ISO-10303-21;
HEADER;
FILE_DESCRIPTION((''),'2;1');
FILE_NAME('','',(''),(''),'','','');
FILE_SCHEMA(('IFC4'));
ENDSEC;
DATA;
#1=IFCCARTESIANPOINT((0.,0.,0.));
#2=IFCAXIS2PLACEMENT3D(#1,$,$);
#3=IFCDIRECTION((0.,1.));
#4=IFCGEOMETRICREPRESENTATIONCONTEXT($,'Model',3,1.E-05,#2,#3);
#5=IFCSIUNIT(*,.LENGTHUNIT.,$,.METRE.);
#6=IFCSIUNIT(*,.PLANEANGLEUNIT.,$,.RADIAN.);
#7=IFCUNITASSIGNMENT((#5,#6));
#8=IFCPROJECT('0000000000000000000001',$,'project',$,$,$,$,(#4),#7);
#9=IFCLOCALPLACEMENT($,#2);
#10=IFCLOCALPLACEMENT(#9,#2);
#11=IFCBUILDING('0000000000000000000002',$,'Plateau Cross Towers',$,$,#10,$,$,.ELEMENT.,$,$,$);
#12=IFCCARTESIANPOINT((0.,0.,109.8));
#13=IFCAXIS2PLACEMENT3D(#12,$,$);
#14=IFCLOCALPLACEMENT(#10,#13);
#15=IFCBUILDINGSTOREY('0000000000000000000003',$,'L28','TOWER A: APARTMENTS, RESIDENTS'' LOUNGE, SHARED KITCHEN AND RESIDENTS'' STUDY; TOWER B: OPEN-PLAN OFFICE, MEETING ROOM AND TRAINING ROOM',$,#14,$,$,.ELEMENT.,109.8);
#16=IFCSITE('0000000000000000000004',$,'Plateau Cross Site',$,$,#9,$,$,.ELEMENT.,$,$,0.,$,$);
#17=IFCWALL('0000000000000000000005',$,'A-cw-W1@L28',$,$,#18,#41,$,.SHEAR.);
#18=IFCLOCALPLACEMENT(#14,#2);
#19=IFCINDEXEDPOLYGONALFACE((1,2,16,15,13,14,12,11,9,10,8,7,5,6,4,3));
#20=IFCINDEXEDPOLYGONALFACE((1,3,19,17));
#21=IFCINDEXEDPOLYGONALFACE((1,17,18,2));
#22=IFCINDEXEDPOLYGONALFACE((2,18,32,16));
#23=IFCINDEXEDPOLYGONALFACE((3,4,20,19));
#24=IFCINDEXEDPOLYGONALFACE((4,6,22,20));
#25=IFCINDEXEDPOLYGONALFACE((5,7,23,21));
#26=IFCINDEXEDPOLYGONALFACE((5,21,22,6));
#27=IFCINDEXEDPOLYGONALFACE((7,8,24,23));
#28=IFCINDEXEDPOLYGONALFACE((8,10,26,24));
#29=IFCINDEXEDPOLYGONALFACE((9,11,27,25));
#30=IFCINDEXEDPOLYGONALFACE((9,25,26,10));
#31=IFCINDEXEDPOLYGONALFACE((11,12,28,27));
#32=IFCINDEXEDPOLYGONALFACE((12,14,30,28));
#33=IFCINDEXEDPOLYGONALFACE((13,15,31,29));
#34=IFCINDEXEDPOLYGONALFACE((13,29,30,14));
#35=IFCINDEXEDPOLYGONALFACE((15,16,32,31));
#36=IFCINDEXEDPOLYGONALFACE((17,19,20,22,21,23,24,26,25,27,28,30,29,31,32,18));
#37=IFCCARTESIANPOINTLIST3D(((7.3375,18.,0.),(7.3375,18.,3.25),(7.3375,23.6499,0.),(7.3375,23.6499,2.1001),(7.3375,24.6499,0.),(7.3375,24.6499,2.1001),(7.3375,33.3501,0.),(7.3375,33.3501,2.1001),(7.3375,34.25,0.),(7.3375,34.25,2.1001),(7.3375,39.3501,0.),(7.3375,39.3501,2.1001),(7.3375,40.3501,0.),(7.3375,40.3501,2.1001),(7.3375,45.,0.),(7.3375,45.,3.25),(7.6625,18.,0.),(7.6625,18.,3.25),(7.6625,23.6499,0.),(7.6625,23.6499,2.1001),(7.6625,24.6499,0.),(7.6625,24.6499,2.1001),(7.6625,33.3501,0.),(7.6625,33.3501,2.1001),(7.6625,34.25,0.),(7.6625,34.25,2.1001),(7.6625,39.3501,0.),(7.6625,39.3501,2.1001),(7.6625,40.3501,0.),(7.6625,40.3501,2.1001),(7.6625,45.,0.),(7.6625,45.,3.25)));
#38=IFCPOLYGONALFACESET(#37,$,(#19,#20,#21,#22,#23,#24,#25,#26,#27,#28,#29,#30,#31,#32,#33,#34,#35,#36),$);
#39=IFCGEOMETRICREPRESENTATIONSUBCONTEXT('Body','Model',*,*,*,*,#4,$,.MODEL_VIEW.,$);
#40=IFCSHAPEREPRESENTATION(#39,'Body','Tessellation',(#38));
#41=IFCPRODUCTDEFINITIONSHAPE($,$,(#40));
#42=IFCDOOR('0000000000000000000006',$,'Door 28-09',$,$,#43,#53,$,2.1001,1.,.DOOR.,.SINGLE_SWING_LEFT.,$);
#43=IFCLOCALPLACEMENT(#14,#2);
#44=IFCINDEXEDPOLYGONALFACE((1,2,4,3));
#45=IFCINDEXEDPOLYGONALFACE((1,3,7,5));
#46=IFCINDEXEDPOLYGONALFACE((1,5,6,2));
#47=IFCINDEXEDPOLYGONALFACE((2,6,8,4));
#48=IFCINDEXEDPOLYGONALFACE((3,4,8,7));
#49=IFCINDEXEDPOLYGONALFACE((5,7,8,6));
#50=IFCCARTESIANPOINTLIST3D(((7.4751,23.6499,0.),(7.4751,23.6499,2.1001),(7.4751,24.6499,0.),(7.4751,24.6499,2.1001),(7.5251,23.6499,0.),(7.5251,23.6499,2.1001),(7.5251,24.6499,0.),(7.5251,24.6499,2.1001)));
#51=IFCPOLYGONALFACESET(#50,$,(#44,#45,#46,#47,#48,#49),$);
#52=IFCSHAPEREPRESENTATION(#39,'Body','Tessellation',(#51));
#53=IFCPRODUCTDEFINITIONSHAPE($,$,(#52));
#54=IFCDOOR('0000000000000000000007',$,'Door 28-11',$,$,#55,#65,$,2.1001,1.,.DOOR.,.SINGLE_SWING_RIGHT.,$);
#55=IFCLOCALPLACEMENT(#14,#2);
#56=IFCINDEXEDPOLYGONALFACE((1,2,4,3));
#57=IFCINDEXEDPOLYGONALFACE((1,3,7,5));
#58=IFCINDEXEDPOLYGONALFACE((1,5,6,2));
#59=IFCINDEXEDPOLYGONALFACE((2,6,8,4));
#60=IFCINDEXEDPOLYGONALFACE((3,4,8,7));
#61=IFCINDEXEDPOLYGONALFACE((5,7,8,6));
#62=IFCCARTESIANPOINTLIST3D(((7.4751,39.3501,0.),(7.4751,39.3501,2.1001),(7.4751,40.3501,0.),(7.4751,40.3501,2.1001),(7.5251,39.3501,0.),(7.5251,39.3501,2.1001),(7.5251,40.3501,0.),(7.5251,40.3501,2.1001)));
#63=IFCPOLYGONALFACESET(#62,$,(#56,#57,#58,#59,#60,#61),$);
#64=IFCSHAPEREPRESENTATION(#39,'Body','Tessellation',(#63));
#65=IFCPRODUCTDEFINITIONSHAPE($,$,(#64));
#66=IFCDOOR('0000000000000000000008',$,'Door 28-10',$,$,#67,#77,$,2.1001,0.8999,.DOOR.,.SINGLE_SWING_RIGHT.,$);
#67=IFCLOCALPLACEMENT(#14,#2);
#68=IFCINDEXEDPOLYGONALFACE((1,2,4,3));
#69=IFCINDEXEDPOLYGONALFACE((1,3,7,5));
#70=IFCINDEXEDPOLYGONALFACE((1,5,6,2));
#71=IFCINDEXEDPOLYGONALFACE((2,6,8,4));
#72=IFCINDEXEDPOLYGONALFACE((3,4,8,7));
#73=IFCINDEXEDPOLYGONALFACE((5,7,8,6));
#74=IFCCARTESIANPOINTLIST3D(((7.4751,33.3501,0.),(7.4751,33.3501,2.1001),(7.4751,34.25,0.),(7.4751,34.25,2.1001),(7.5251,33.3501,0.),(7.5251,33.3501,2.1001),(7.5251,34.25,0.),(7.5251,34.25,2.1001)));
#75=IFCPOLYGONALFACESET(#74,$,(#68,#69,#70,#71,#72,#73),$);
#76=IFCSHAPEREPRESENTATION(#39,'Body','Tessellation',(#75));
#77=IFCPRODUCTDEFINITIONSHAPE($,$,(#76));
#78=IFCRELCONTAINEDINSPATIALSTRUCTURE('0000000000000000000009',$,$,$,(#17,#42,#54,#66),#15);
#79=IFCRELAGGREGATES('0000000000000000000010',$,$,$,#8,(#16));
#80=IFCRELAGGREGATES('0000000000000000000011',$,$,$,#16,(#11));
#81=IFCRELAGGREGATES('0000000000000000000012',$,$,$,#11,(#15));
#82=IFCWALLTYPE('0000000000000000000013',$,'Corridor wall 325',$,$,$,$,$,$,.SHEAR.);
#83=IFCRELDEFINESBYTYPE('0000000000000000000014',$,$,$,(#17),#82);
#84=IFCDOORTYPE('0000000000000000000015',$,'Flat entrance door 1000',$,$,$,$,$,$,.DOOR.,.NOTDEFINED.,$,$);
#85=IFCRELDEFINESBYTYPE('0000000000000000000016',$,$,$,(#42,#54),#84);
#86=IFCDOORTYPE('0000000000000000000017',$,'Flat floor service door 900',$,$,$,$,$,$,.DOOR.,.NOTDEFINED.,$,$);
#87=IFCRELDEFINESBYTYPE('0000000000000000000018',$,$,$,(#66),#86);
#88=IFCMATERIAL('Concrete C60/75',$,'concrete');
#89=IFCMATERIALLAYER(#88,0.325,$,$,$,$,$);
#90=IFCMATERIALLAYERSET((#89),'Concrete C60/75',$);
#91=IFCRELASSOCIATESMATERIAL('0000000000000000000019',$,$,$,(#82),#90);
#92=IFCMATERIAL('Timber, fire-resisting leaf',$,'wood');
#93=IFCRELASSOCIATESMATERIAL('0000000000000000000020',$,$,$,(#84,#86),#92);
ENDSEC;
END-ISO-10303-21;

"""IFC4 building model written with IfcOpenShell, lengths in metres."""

from ifc_helpers import new_model, si_unit, direction, frame, frame_2d, origin, place, context, subcontext, project, spatial, rectangle, extrude, material, layer, layer_set, type_object, element, fill, save


model = new_model("IFC4")

# Units and contexts
model_context = context("Model", 3, precision=1e-05, world=origin(), true_north=direction((0.0, 1.0)))
body_context = subcontext(model_context, "Body", "Model", "MODEL_VIEW")
ifc_project = project(units=[si_unit("LENGTHUNIT", "METRE"), si_unit("PLANEANGLEUNIT", "RADIAN")], contexts=[model_context])

# Site, building, storey
site_placement = place(None, origin())
site = spatial("IfcSite", under=ifc_project, at=site_placement, Name="Plateau Cross Site", CompositionType="ELEMENT", RefElevation=0.0)
building_placement = place(site_placement, origin())
building = spatial("IfcBuilding", under=site, at=building_placement, Name="Plateau Cross Towers", CompositionType="ELEMENT")
storey_placement = place(building_placement, frame((0.0, 0.0, 109.8)))
storey = spatial("IfcBuildingStorey", under=building, at=storey_placement, Name="L28", Description="TOWER A: APARTMENTS, RESIDENTS' LOUNGE, SHARED KITCHEN AND RESIDENTS' STUDY; TOWER B: OPEN-PLAN OFFICE, MEETING ROOM AND TRAINING ROOM", CompositionType="ELEMENT", Elevation=109.8)

# Shared definitions
ifc_material_1 = material(Name="Timber, fire-resisting leaf", Category="wood")

# Shared definitions
ifc_material_2 = material(Name="Concrete C60/75", Category="concrete")

# Wall, openings, doors
ifc_layer_1 = layer(ifc_material_2, 0.325)
ifc_layer_set_1 = layer_set([ifc_layer_1], Name="Concrete C60/75")
wall_type_1 = type_object("IfcWallType", Name="Corridor wall 325", PredefinedType="SHEAR", material=ifc_layer_set_1)
wall_1_placement = place(storey_placement, frame((7.5, 18.0, 0.0), z_axis=(0.0, 0.0, 1.0), x_axis=(0.0, 1.0, 0.0)))
wall_1 = element("IfcWall", 1, at=wall_1_placement, inside=storey, type_object=wall_type_1, Name="A-cw-W1@L28", PredefinedType="SHEAR", context=body_context, shape_type="SweptSolid", body=[
    extrude(rectangle(XDim=27.0, YDim=0.325, at=frame_2d((13.5, 0.0))), origin(), (0.0, 0.0, 1.0), 3.25),
])
opening_1_placement = place(wall_1_placement, frame((5.6499, 0.0, 0.0)))
opening_1 = element("IfcOpeningElement", 2, at=opening_1_placement, cuts=wall_1, PredefinedType="OPENING", context=body_context, shape_type="SweptSolid", body=[
    extrude(rectangle(XDim=1.0, YDim=2.1001, at=frame_2d((0.5, 1.05))), frame((0.0, 0.1724, 0.0), z_axis=(0.0, -1.0, 0.0), x_axis=(1.0, 0.0, 0.0)), (0.0, 0.0, 1.0), 0.345),
])
opening_2_placement = place(wall_1_placement, frame((15.3501, 0.0, 0.0)))
opening_2 = element("IfcOpeningElement", 3, at=opening_2_placement, cuts=wall_1, PredefinedType="OPENING", context=body_context, shape_type="SweptSolid", body=[
    extrude(rectangle(XDim=0.8999, YDim=2.1001, at=frame_2d((0.45, 1.05))), frame((0.0, 0.1724, 0.0), z_axis=(0.0, -1.0, 0.0), x_axis=(1.0, 0.0, 0.0)), (0.0, 0.0, 1.0), 0.345),
])
opening_3_placement = place(wall_1_placement, frame((21.3501, 0.0, 0.0)))
opening_3 = element("IfcOpeningElement", 4, at=opening_3_placement, cuts=wall_1, PredefinedType="OPENING", context=body_context, shape_type="SweptSolid", body=[
    extrude(rectangle(XDim=1.0, YDim=2.1001, at=frame_2d((0.5, 1.05))), frame((0.0, 0.1724, 0.0), z_axis=(0.0, -1.0, 0.0), x_axis=(1.0, 0.0, 0.0)), (0.0, 0.0, 1.0), 0.345),
])
door_type_1 = type_object("IfcDoorType", Name="Flat entrance door 1000", OperationType="NOTDEFINED", PredefinedType="DOOR", material=ifc_material_1)
door_1_placement = place(opening_1_placement, origin())
door_1 = element("IfcDoor", 5, at=door_1_placement, inside=storey, type_object=door_type_1, Name="Door 28-09", OperationType="SINGLE_SWING_LEFT", OverallHeight=2.1001, OverallWidth=1.0, PredefinedType="DOOR", context=body_context, shape_type="SweptSolid", body=[
    extrude(rectangle(XDim=1.0, YDim=2.1001, at=frame_2d((0.5, 1.05))), frame((0.0, 0.0249, 0.0), z_axis=(0.0, -1.0, 0.0), x_axis=(1.0, 0.0, 0.0)), (0.0, 0.0, 1.0), 0.05),
])
fill(opening_1, door_1)
door_2_placement = place(opening_3_placement, origin())
door_2 = element("IfcDoor", 6, at=door_2_placement, inside=storey, type_object=door_type_1, Name="Door 28-11", OperationType="SINGLE_SWING_RIGHT", OverallHeight=2.1001, OverallWidth=1.0, PredefinedType="DOOR", context=body_context, shape_type="SweptSolid", body=[
    extrude(rectangle(XDim=1.0, YDim=2.1001, at=frame_2d((0.5, 1.05))), frame((0.0, 0.0249, 0.0), z_axis=(0.0, -1.0, 0.0), x_axis=(1.0, 0.0, 0.0)), (0.0, 0.0, 1.0), 0.05),
])
fill(opening_3, door_2)
door_type_2 = type_object("IfcDoorType", Name="Flat floor service door 900", OperationType="NOTDEFINED", PredefinedType="DOOR", material=ifc_material_1)
door_3_placement = place(opening_2_placement, origin())
door_3 = element("IfcDoor", 7, at=door_3_placement, inside=storey, type_object=door_type_2, Name="Door 28-10", OperationType="SINGLE_SWING_RIGHT", OverallHeight=2.1001, OverallWidth=0.8999, PredefinedType="DOOR", context=body_context, shape_type="SweptSolid", body=[
    extrude(rectangle(XDim=0.8999, YDim=2.1001, at=frame_2d((0.45, 1.05))), frame((0.0, 0.0249, 0.0), z_axis=(0.0, -1.0, 0.0), x_axis=(1.0, 0.0, 0.0)), (0.0, 0.0, 1.0), 0.05),
])
fill(opening_2, door_3)

save(model, "model.ifc")
